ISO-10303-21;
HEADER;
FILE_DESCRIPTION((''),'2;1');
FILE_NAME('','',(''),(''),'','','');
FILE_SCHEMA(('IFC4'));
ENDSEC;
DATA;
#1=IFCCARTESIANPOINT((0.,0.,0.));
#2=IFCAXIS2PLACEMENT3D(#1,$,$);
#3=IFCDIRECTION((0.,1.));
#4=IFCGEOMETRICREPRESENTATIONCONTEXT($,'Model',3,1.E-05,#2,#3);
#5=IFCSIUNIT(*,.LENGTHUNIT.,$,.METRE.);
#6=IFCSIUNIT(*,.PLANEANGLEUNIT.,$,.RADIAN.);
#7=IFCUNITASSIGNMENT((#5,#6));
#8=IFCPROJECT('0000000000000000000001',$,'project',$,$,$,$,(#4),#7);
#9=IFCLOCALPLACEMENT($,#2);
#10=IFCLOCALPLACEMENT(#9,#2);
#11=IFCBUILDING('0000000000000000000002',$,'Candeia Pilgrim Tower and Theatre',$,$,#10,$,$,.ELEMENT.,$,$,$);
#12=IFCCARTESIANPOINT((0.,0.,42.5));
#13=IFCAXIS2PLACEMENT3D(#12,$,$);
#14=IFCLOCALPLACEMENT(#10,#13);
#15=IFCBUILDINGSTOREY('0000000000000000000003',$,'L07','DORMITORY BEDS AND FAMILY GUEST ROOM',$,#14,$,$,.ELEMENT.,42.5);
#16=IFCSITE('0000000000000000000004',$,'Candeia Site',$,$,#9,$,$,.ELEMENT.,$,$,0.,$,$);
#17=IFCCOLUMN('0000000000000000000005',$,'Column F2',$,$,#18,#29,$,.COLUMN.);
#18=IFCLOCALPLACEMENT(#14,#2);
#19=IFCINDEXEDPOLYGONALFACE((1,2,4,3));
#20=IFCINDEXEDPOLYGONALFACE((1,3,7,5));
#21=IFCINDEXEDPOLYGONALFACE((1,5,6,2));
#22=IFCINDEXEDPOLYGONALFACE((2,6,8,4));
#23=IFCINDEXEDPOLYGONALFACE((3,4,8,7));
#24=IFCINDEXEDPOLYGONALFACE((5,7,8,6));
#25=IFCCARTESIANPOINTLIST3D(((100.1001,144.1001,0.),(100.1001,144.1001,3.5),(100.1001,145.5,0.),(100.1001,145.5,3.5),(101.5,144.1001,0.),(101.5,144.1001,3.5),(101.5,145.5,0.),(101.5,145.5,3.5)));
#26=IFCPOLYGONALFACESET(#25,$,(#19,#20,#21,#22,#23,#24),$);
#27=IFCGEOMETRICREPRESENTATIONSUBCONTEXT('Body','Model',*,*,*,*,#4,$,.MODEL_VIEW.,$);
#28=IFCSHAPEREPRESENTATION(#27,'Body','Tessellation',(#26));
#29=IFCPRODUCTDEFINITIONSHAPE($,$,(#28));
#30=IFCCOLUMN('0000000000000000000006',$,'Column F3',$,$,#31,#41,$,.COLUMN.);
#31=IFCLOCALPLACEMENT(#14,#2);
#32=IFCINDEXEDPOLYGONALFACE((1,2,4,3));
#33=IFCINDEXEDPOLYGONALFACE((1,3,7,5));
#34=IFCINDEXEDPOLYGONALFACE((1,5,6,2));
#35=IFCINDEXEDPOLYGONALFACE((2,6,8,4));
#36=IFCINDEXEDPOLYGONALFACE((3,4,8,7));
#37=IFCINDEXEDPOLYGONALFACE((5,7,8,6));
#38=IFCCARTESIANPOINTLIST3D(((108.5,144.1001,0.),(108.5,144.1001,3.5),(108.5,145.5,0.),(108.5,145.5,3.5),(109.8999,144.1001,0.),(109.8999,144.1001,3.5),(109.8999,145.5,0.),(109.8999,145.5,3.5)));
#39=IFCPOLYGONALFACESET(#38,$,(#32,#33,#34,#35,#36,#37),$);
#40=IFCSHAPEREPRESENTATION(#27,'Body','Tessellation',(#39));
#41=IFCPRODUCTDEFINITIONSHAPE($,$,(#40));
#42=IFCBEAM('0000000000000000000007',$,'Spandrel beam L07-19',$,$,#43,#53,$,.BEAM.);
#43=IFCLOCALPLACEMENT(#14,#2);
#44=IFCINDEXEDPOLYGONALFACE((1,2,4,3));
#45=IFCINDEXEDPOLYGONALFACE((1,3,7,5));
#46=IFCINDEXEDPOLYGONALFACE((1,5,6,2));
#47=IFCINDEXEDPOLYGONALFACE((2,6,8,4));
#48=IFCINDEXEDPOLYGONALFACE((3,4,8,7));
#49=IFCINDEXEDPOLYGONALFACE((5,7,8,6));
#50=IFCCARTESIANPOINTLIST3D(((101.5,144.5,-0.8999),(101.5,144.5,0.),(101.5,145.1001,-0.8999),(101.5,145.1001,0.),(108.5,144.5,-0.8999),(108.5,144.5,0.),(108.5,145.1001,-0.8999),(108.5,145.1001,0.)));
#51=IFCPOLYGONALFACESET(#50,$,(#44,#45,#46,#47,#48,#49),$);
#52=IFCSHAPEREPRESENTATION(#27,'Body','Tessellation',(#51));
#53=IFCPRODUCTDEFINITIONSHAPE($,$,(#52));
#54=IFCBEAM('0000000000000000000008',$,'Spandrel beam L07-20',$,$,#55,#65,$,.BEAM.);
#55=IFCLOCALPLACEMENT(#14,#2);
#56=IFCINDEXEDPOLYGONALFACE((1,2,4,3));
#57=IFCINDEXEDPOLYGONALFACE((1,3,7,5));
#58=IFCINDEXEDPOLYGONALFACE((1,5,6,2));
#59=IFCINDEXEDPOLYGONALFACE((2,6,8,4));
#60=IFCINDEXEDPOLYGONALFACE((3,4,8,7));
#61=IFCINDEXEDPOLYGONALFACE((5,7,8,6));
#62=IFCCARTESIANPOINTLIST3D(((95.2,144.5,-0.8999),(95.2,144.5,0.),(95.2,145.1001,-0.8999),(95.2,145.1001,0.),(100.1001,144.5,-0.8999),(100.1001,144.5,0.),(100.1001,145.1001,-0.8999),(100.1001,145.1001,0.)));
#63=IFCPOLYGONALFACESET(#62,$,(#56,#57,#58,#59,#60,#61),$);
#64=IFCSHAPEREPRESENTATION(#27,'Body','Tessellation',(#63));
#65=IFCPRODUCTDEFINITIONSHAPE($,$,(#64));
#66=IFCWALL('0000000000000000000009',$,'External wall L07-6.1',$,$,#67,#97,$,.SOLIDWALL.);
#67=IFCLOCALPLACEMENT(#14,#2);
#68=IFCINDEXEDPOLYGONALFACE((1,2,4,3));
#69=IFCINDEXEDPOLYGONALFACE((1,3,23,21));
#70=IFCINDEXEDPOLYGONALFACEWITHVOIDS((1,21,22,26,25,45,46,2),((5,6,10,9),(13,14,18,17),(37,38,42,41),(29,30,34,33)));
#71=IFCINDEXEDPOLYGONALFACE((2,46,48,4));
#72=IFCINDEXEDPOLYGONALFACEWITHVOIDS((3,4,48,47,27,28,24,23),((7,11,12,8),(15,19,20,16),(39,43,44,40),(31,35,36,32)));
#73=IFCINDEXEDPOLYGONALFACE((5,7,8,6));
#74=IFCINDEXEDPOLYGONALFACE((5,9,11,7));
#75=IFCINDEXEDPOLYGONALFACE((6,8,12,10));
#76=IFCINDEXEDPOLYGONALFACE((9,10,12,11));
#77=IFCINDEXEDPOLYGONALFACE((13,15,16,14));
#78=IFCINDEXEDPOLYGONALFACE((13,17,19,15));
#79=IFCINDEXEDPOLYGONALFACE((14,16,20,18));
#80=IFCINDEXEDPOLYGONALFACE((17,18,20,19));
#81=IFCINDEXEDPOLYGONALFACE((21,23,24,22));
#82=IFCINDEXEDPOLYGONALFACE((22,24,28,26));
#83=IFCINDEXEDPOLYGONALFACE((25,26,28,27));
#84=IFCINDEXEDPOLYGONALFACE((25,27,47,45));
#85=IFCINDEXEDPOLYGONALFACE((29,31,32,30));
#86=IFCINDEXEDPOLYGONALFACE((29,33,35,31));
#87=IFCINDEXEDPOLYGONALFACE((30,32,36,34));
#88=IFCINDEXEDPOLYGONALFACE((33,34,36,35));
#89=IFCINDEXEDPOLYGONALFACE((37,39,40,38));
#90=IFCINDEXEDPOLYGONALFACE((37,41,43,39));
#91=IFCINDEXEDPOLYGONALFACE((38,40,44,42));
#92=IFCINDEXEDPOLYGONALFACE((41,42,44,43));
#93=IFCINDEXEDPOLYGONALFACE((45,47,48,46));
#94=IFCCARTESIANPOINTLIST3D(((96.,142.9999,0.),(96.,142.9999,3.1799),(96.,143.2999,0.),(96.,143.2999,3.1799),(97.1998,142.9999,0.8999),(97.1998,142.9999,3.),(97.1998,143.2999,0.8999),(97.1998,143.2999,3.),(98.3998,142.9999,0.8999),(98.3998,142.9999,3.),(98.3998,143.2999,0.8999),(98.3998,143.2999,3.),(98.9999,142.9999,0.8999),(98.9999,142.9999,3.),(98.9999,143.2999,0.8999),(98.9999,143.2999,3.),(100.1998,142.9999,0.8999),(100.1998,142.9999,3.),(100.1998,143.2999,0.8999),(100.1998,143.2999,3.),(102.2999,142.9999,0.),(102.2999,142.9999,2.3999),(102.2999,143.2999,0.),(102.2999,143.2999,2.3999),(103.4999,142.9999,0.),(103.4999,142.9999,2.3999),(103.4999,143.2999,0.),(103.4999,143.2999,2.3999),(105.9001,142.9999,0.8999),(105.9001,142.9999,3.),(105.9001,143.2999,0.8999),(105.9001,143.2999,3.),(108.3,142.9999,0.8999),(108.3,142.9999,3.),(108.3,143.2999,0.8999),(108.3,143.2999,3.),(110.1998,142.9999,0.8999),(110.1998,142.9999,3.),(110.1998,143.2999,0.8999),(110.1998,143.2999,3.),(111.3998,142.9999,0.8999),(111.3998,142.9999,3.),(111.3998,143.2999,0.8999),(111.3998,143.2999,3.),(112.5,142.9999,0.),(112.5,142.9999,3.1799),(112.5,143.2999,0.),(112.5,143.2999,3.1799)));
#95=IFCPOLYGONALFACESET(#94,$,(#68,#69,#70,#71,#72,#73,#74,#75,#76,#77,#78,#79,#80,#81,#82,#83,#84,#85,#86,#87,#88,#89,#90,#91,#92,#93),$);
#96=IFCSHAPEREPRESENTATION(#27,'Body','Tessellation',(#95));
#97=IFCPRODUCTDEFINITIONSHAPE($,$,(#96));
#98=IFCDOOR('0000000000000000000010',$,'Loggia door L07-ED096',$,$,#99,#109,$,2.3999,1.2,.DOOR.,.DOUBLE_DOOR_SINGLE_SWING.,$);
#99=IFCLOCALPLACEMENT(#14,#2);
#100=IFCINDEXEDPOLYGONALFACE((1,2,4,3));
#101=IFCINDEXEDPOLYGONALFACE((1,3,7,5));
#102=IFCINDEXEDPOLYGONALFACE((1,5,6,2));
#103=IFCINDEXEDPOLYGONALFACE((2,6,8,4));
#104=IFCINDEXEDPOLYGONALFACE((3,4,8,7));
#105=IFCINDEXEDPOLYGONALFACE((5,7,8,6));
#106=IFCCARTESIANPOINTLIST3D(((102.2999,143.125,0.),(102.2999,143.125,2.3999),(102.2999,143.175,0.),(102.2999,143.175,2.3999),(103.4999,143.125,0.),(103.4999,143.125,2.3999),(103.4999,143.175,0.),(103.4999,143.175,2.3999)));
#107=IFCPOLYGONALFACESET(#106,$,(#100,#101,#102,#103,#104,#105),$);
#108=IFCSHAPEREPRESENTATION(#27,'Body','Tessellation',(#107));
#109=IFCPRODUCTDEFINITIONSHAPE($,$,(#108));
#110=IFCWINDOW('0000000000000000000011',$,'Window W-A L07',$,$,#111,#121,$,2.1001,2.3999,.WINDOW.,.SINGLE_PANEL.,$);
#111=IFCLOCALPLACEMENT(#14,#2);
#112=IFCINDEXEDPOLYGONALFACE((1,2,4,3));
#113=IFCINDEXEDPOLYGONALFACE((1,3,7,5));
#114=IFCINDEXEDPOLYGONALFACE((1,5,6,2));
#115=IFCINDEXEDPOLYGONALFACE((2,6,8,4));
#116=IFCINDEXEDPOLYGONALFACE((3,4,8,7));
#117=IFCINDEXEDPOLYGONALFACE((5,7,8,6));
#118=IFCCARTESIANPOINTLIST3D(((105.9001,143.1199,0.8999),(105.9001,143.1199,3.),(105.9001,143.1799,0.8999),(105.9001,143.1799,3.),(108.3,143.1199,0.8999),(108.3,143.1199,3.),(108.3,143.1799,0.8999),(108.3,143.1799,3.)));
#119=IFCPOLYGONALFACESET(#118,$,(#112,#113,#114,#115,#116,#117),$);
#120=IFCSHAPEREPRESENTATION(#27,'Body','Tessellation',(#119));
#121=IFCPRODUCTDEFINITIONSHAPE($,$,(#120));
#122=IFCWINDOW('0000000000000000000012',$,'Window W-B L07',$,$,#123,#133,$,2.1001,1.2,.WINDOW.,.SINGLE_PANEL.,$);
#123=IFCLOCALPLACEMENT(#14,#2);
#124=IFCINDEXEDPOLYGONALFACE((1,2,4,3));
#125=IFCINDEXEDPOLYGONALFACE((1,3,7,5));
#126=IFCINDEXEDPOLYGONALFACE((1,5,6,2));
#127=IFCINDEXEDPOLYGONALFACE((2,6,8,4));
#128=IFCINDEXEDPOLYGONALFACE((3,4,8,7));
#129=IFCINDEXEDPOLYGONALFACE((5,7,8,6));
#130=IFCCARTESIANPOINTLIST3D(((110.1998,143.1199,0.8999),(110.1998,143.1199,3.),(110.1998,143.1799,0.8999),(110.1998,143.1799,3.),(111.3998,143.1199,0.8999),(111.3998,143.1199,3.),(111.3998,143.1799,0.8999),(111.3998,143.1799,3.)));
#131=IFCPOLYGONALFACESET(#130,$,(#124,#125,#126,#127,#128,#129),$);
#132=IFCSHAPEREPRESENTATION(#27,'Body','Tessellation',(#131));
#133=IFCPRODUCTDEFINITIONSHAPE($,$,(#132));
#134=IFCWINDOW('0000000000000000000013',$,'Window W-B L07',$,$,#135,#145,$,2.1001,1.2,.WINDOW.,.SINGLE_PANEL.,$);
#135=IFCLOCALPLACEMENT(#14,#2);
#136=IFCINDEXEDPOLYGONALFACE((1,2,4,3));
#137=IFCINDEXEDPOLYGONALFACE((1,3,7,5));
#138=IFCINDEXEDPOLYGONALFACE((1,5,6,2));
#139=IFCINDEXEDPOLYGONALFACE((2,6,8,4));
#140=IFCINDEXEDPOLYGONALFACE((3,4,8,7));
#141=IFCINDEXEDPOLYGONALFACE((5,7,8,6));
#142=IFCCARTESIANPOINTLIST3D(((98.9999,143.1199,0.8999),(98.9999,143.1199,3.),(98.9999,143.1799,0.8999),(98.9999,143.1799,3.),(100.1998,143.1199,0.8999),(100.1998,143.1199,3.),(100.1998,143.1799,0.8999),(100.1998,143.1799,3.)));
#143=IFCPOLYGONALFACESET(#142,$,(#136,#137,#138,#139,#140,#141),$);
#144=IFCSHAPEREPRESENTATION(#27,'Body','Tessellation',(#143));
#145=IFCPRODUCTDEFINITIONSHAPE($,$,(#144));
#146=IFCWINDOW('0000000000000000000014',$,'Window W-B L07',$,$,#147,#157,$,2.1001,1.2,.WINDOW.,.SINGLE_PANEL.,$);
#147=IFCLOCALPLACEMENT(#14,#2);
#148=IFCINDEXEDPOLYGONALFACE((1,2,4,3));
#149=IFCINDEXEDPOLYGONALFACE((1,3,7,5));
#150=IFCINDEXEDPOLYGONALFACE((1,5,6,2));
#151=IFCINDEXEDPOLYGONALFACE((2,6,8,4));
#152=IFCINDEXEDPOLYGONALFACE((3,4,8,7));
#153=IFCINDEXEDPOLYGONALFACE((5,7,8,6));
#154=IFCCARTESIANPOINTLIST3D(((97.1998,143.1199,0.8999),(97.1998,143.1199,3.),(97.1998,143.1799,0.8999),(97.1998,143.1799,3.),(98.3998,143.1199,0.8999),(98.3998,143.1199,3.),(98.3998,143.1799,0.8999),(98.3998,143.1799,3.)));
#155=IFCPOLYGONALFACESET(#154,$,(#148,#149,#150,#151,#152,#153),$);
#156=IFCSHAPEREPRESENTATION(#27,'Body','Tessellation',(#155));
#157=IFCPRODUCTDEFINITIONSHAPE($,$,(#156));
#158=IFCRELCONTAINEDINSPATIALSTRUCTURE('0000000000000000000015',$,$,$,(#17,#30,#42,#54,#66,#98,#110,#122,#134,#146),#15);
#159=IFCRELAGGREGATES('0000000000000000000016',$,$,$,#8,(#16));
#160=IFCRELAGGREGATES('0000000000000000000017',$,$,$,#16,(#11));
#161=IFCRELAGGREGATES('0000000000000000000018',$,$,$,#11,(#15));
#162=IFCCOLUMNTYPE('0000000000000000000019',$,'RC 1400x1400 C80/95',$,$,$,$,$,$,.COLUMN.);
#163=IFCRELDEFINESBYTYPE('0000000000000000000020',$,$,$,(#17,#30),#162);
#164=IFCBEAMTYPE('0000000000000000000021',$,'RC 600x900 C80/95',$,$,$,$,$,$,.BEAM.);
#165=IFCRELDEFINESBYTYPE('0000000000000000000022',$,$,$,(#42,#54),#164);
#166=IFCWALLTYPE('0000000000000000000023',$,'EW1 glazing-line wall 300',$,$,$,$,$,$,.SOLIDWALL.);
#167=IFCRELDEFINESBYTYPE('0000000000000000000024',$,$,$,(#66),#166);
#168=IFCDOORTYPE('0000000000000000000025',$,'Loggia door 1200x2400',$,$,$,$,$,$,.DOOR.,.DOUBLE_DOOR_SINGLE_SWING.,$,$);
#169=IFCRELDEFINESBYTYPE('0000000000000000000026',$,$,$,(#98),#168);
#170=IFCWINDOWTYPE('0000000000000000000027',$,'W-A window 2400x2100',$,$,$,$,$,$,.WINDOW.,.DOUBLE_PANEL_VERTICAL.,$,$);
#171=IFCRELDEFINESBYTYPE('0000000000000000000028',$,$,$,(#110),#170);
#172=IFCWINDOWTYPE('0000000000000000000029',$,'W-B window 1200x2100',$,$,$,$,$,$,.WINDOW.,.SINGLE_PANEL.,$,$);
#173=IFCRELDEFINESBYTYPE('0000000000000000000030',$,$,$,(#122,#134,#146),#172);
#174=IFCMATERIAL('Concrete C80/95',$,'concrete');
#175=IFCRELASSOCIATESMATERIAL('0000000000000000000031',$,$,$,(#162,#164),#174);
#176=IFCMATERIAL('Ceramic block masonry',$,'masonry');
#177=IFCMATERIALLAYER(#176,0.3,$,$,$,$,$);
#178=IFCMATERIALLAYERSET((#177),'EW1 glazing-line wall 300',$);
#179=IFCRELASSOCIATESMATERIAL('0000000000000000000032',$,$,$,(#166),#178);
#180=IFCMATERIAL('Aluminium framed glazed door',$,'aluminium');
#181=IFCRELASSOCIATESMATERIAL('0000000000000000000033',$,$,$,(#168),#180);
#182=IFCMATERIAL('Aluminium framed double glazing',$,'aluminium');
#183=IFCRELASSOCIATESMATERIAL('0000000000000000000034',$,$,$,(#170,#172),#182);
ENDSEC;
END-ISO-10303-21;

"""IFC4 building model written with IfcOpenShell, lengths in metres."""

from ifc_helpers import new_model, si_unit, direction, frame, frame_2d, origin, origin_2d, place, context, subcontext, project, spatial, rectangle, extrude, material, layer, layer_set, material_profile, profile_set, type_object, element, fill, save


model = new_model("IFC4")

# Units and contexts
model_context = context("Model", 3, precision=1e-05, world=origin(), true_north=direction((0.0, 1.0)))
body_context = subcontext(model_context, "Body", "Model", "MODEL_VIEW")
ifc_project = project(units=[si_unit("LENGTHUNIT", "METRE"), si_unit("PLANEANGLEUNIT", "RADIAN")], contexts=[model_context])

# Site, building, storey
site_placement = place(None, origin())
site = spatial("IfcSite", under=ifc_project, at=site_placement, Name="Candeia Site", CompositionType="ELEMENT", RefElevation=0.0)
building_placement = place(site_placement, origin())
building = spatial("IfcBuilding", under=site, at=building_placement, Name="Candeia Pilgrim Tower and Theatre", CompositionType="ELEMENT")
storey_placement = place(building_placement, frame((0.0, 0.0, 42.5)))
storey = spatial("IfcBuildingStorey", under=building, at=storey_placement, Name="L07", Description="DORMITORY BEDS AND FAMILY GUEST ROOM", CompositionType="ELEMENT", Elevation=42.5)

# Columns
ifc_material_1 = material(Name="Concrete C80/95", Category="concrete")
ifc_material_profile_1 = material_profile(ifc_material_1, rectangle(XDim=1.3999, YDim=1.3999, at=origin_2d()))
ifc_profile_set_1 = profile_set([ifc_material_profile_1], Name="Concrete C80/95")
column_type = type_object("IfcColumnType", Name="RC 1400x1400 C80/95", PredefinedType="COLUMN", material=ifc_profile_set_1)
for number, where, z_axis, x_axis, name in (
    (1, (100.8, 144.8, 0.0), (0.0, 0.0, 1.0), (1.0, 0.0, 0.0), "Column F2"),
    (2, (109.2, 144.8, 0.0), (0.0, 0.0, 1.0), (1.0, 0.0, 0.0), "Column F3"),
):
    element("IfcColumn", number, at=place(storey_placement, frame(where, z_axis=z_axis, x_axis=x_axis)), inside=storey, type_object=column_type, Name=name, PredefinedType="COLUMN", context=body_context, shape_type="SweptSolid", body=[
        extrude(rectangle(XDim=1.3999, YDim=1.3999, at=origin_2d()), origin(), (0.0, 0.0, 1.0), 3.5),
    ])

# Beams
ifc_material_profile_2 = material_profile(ifc_material_1, rectangle(XDim=0.6001, YDim=0.8999, at=origin_2d()))
ifc_profile_set_2 = profile_set([ifc_material_profile_2], Name="Concrete C80/95")
beam_type = type_object("IfcBeamType", Name="RC 600x900 C80/95", PredefinedType="BEAM", material=ifc_profile_set_2)
beam_1_placement = place(storey_placement, frame((108.5, 144.8, -0.45), z_axis=(-1.0, 0.0, 0.0), x_axis=(0.0, -1.0, 0.0)))
element("IfcBeam", 3, at=beam_1_placement, inside=storey, type_object=beam_type, Name="Spandrel beam L07-19", PredefinedType="BEAM", context=body_context, shape_type="SweptSolid", body=[
    extrude(rectangle(XDim=0.6001, YDim=0.8999, at=origin_2d()), origin(), (0.0, 0.0, 1.0), 7.0),
])
beam_2_placement = place(storey_placement, frame((100.1001, 144.8, -0.45), z_axis=(-1.0, 0.0, 0.0), x_axis=(0.0, -1.0, 0.0)))
element("IfcBeam", 4, at=beam_2_placement, inside=storey, type_object=beam_type, Name="Spandrel beam L07-20", PredefinedType="BEAM", context=body_context, shape_type="SweptSolid", body=[
    extrude(rectangle(XDim=0.6001, YDim=0.8999, at=origin_2d()), origin(), (0.0, 0.0, 1.0), 4.9001),
])

# Wall, openings, door, windows
ifc_material_2 = material(Name="Ceramic block masonry", Category="masonry")
ifc_layer_1 = layer(ifc_material_2, 0.3)
ifc_layer_set_1 = layer_set([ifc_layer_1], Name="EW1 glazing-line wall 300")
wall_type_1 = type_object("IfcWallType", Name="EW1 glazing-line wall 300", PredefinedType="SOLIDWALL", material=ifc_layer_set_1)
wall_1_placement = place(storey_placement, frame((112.5, 143.1499, 0.0), z_axis=(0.0, 0.0, 1.0), x_axis=(-1.0, 0.0, 0.0)))
wall_1 = element("IfcWall", 5, at=wall_1_placement, inside=storey, type_object=wall_type_1, Name="External wall L07-6.1", PredefinedType="SOLIDWALL", context=body_context, shape_type="SweptSolid", body=[
    extrude(rectangle(XDim=16.5, YDim=0.3, at=frame_2d((8.25, 0.0))), origin(), (0.0, 0.0, 1.0), 3.1799),
])
opening_1_placement = place(wall_1_placement, frame((1.1001, 0.0, 0.8999)))
opening_1 = element("IfcOpeningElement", 6, at=opening_1_placement, cuts=wall_1, PredefinedType="OPENING", context=body_context, shape_type="SweptSolid", body=[
    extrude(rectangle(XDim=1.2, YDim=2.1001, at=frame_2d((0.6001, 1.05))), frame((0.0, 0.1602, 0.0), z_axis=(0.0, -1.0, 0.0), x_axis=(1.0, 0.0, 0.0)), (0.0, 0.0, 1.0), 0.3201),
])
opening_2_placement = place(wall_1_placement, frame((4.2, 0.0, 0.8999)))
opening_2 = element("IfcOpeningElement", 7, at=opening_2_placement, cuts=wall_1, PredefinedType="OPENING", context=body_context, shape_type="SweptSolid", body=[
    extrude(rectangle(XDim=2.3999, YDim=2.1001, at=frame_2d((1.2, 1.05))), frame((0.0, 0.1602, 0.0), z_axis=(0.0, -1.0, 0.0), x_axis=(1.0, 0.0, 0.0)), (0.0, 0.0, 1.0), 0.3201),
])
opening_3_placement = place(wall_1_placement, frame((9.0, 0.0, 0.0)))
opening_3 = element("IfcOpeningElement", 8, at=opening_3_placement, cuts=wall_1, PredefinedType="OPENING", context=body_context, shape_type="SweptSolid", body=[
    extrude(rectangle(XDim=1.2, YDim=2.3999, at=frame_2d((0.6001, 1.2))), frame((0.0, 0.1602, 0.0), z_axis=(0.0, -1.0, 0.0), x_axis=(1.0, 0.0, 0.0)), (0.0, 0.0, 1.0), 0.3201),
])
opening_4_placement = place(wall_1_placement, frame((12.3, 0.0, 0.8999)))
opening_4 = element("IfcOpeningElement", 9, at=opening_4_placement, cuts=wall_1, PredefinedType="OPENING", context=body_context, shape_type="SweptSolid", body=[
    extrude(rectangle(XDim=1.2, YDim=2.1001, at=frame_2d((0.6001, 1.05))), frame((0.0, 0.1602, 0.0), z_axis=(0.0, -1.0, 0.0), x_axis=(1.0, 0.0, 0.0)), (0.0, 0.0, 1.0), 0.3201),
])
opening_5_placement = place(wall_1_placement, frame((14.1001, 0.0, 0.8999)))
opening_5 = element("IfcOpeningElement", 10, at=opening_5_placement, cuts=wall_1, PredefinedType="OPENING", context=body_context, shape_type="SweptSolid", body=[
    extrude(rectangle(XDim=1.2, YDim=2.1001, at=frame_2d((0.6001, 1.05))), frame((0.0, 0.1602, 0.0), z_axis=(0.0, -1.0, 0.0), x_axis=(1.0, 0.0, 0.0)), (0.0, 0.0, 1.0), 0.3201),
])
ifc_material_3 = material(Name="Aluminium framed glazed door", Category="aluminium")
door_type_1 = type_object("IfcDoorType", Name="Loggia door 1200x2400", OperationType="DOUBLE_DOOR_SINGLE_SWING", PredefinedType="DOOR", material=ifc_material_3)
door_1_placement = place(opening_3_placement, origin())
door_1 = element("IfcDoor", 11, at=door_1_placement, inside=storey, type_object=door_type_1, Name="Loggia door L07-ED096", OperationType="DOUBLE_DOOR_SINGLE_SWING", OverallHeight=2.3999, OverallWidth=1.2, PredefinedType="DOOR", context=body_context, shape_type="SweptSolid", body=[
    extrude(rectangle(XDim=1.2, YDim=2.3999, at=frame_2d((0.6001, 1.2))), frame((0.0, 0.0249, 0.0), z_axis=(0.0, -1.0, 0.0), x_axis=(1.0, 0.0, 0.0)), (0.0, 0.0, 1.0), 0.05),
])
fill(opening_3, door_1)
ifc_material_4 = material(Name="Aluminium framed double glazing", Category="aluminium")
window_type_1 = type_object("IfcWindowType", Name="W-A window 2400x2100", PartitioningType="DOUBLE_PANEL_VERTICAL", PredefinedType="WINDOW", material=ifc_material_4)
window_1_placement = place(opening_2_placement, origin())
window_1 = element("IfcWindow", 12, at=window_1_placement, inside=storey, type_object=window_type_1, Name="Window W-A L07", OverallHeight=2.1001, OverallWidth=2.3999, PartitioningType="SINGLE_PANEL", PredefinedType="WINDOW", context=body_context, shape_type="SweptSolid", body=[
    extrude(rectangle(XDim=2.3999, YDim=2.1001, at=frame_2d((1.2, 1.05))), frame((0.0, 0.03, 0.0), z_axis=(0.0, -1.0, 0.0), x_axis=(1.0, 0.0, 0.0)), (0.0, 0.0, 1.0), 0.0601),
])
fill(opening_2, window_1)
window_type_2 = type_object("IfcWindowType", Name="W-B window 1200x2100", PartitioningType="SINGLE_PANEL", PredefinedType="WINDOW", material=ifc_material_4)
window_2_placement = place(opening_1_placement, origin())
window_2 = element("IfcWindow", 13, at=window_2_placement, inside=storey, type_object=window_type_2, Name="Window W-B L07", OverallHeight=2.1001, OverallWidth=1.2, PartitioningType="SINGLE_PANEL", PredefinedType="WINDOW", context=body_context, shape_type="SweptSolid", body=[
    extrude(rectangle(XDim=1.2, YDim=2.1001, at=frame_2d((0.6001, 1.05))), frame((0.0, 0.03, 0.0), z_axis=(0.0, -1.0, 0.0), x_axis=(1.0, 0.0, 0.0)), (0.0, 0.0, 1.0), 0.0601),
])
fill(opening_1, window_2)
window_3_placement = place(opening_4_placement, origin())
window_3 = element("IfcWindow", 14, at=window_3_placement, inside=storey, type_object=window_type_2, Name="Window W-B L07", OverallHeight=2.1001, OverallWidth=1.2, PartitioningType="SINGLE_PANEL", PredefinedType="WINDOW", context=body_context, shape_type="SweptSolid", body=[
    extrude(rectangle(XDim=1.2, YDim=2.1001, at=frame_2d((0.6001, 1.05))), frame((0.0, 0.03, 0.0), z_axis=(0.0, -1.0, 0.0), x_axis=(1.0, 0.0, 0.0)), (0.0, 0.0, 1.0), 0.0601),
])
fill(opening_4, window_3)
window_4_placement = place(opening_5_placement, origin())
window_4 = element("IfcWindow", 15, at=window_4_placement, inside=storey, type_object=window_type_2, Name="Window W-B L07", OverallHeight=2.1001, OverallWidth=1.2, PartitioningType="SINGLE_PANEL", PredefinedType="WINDOW", context=body_context, shape_type="SweptSolid", body=[
    extrude(rectangle(XDim=1.2, YDim=2.1001, at=frame_2d((0.6001, 1.05))), frame((0.0, 0.03, 0.0), z_axis=(0.0, -1.0, 0.0), x_axis=(1.0, 0.0, 0.0)), (0.0, 0.0, 1.0), 0.0601),
])
fill(opening_5, window_4)

save(model, "model.ifc")
